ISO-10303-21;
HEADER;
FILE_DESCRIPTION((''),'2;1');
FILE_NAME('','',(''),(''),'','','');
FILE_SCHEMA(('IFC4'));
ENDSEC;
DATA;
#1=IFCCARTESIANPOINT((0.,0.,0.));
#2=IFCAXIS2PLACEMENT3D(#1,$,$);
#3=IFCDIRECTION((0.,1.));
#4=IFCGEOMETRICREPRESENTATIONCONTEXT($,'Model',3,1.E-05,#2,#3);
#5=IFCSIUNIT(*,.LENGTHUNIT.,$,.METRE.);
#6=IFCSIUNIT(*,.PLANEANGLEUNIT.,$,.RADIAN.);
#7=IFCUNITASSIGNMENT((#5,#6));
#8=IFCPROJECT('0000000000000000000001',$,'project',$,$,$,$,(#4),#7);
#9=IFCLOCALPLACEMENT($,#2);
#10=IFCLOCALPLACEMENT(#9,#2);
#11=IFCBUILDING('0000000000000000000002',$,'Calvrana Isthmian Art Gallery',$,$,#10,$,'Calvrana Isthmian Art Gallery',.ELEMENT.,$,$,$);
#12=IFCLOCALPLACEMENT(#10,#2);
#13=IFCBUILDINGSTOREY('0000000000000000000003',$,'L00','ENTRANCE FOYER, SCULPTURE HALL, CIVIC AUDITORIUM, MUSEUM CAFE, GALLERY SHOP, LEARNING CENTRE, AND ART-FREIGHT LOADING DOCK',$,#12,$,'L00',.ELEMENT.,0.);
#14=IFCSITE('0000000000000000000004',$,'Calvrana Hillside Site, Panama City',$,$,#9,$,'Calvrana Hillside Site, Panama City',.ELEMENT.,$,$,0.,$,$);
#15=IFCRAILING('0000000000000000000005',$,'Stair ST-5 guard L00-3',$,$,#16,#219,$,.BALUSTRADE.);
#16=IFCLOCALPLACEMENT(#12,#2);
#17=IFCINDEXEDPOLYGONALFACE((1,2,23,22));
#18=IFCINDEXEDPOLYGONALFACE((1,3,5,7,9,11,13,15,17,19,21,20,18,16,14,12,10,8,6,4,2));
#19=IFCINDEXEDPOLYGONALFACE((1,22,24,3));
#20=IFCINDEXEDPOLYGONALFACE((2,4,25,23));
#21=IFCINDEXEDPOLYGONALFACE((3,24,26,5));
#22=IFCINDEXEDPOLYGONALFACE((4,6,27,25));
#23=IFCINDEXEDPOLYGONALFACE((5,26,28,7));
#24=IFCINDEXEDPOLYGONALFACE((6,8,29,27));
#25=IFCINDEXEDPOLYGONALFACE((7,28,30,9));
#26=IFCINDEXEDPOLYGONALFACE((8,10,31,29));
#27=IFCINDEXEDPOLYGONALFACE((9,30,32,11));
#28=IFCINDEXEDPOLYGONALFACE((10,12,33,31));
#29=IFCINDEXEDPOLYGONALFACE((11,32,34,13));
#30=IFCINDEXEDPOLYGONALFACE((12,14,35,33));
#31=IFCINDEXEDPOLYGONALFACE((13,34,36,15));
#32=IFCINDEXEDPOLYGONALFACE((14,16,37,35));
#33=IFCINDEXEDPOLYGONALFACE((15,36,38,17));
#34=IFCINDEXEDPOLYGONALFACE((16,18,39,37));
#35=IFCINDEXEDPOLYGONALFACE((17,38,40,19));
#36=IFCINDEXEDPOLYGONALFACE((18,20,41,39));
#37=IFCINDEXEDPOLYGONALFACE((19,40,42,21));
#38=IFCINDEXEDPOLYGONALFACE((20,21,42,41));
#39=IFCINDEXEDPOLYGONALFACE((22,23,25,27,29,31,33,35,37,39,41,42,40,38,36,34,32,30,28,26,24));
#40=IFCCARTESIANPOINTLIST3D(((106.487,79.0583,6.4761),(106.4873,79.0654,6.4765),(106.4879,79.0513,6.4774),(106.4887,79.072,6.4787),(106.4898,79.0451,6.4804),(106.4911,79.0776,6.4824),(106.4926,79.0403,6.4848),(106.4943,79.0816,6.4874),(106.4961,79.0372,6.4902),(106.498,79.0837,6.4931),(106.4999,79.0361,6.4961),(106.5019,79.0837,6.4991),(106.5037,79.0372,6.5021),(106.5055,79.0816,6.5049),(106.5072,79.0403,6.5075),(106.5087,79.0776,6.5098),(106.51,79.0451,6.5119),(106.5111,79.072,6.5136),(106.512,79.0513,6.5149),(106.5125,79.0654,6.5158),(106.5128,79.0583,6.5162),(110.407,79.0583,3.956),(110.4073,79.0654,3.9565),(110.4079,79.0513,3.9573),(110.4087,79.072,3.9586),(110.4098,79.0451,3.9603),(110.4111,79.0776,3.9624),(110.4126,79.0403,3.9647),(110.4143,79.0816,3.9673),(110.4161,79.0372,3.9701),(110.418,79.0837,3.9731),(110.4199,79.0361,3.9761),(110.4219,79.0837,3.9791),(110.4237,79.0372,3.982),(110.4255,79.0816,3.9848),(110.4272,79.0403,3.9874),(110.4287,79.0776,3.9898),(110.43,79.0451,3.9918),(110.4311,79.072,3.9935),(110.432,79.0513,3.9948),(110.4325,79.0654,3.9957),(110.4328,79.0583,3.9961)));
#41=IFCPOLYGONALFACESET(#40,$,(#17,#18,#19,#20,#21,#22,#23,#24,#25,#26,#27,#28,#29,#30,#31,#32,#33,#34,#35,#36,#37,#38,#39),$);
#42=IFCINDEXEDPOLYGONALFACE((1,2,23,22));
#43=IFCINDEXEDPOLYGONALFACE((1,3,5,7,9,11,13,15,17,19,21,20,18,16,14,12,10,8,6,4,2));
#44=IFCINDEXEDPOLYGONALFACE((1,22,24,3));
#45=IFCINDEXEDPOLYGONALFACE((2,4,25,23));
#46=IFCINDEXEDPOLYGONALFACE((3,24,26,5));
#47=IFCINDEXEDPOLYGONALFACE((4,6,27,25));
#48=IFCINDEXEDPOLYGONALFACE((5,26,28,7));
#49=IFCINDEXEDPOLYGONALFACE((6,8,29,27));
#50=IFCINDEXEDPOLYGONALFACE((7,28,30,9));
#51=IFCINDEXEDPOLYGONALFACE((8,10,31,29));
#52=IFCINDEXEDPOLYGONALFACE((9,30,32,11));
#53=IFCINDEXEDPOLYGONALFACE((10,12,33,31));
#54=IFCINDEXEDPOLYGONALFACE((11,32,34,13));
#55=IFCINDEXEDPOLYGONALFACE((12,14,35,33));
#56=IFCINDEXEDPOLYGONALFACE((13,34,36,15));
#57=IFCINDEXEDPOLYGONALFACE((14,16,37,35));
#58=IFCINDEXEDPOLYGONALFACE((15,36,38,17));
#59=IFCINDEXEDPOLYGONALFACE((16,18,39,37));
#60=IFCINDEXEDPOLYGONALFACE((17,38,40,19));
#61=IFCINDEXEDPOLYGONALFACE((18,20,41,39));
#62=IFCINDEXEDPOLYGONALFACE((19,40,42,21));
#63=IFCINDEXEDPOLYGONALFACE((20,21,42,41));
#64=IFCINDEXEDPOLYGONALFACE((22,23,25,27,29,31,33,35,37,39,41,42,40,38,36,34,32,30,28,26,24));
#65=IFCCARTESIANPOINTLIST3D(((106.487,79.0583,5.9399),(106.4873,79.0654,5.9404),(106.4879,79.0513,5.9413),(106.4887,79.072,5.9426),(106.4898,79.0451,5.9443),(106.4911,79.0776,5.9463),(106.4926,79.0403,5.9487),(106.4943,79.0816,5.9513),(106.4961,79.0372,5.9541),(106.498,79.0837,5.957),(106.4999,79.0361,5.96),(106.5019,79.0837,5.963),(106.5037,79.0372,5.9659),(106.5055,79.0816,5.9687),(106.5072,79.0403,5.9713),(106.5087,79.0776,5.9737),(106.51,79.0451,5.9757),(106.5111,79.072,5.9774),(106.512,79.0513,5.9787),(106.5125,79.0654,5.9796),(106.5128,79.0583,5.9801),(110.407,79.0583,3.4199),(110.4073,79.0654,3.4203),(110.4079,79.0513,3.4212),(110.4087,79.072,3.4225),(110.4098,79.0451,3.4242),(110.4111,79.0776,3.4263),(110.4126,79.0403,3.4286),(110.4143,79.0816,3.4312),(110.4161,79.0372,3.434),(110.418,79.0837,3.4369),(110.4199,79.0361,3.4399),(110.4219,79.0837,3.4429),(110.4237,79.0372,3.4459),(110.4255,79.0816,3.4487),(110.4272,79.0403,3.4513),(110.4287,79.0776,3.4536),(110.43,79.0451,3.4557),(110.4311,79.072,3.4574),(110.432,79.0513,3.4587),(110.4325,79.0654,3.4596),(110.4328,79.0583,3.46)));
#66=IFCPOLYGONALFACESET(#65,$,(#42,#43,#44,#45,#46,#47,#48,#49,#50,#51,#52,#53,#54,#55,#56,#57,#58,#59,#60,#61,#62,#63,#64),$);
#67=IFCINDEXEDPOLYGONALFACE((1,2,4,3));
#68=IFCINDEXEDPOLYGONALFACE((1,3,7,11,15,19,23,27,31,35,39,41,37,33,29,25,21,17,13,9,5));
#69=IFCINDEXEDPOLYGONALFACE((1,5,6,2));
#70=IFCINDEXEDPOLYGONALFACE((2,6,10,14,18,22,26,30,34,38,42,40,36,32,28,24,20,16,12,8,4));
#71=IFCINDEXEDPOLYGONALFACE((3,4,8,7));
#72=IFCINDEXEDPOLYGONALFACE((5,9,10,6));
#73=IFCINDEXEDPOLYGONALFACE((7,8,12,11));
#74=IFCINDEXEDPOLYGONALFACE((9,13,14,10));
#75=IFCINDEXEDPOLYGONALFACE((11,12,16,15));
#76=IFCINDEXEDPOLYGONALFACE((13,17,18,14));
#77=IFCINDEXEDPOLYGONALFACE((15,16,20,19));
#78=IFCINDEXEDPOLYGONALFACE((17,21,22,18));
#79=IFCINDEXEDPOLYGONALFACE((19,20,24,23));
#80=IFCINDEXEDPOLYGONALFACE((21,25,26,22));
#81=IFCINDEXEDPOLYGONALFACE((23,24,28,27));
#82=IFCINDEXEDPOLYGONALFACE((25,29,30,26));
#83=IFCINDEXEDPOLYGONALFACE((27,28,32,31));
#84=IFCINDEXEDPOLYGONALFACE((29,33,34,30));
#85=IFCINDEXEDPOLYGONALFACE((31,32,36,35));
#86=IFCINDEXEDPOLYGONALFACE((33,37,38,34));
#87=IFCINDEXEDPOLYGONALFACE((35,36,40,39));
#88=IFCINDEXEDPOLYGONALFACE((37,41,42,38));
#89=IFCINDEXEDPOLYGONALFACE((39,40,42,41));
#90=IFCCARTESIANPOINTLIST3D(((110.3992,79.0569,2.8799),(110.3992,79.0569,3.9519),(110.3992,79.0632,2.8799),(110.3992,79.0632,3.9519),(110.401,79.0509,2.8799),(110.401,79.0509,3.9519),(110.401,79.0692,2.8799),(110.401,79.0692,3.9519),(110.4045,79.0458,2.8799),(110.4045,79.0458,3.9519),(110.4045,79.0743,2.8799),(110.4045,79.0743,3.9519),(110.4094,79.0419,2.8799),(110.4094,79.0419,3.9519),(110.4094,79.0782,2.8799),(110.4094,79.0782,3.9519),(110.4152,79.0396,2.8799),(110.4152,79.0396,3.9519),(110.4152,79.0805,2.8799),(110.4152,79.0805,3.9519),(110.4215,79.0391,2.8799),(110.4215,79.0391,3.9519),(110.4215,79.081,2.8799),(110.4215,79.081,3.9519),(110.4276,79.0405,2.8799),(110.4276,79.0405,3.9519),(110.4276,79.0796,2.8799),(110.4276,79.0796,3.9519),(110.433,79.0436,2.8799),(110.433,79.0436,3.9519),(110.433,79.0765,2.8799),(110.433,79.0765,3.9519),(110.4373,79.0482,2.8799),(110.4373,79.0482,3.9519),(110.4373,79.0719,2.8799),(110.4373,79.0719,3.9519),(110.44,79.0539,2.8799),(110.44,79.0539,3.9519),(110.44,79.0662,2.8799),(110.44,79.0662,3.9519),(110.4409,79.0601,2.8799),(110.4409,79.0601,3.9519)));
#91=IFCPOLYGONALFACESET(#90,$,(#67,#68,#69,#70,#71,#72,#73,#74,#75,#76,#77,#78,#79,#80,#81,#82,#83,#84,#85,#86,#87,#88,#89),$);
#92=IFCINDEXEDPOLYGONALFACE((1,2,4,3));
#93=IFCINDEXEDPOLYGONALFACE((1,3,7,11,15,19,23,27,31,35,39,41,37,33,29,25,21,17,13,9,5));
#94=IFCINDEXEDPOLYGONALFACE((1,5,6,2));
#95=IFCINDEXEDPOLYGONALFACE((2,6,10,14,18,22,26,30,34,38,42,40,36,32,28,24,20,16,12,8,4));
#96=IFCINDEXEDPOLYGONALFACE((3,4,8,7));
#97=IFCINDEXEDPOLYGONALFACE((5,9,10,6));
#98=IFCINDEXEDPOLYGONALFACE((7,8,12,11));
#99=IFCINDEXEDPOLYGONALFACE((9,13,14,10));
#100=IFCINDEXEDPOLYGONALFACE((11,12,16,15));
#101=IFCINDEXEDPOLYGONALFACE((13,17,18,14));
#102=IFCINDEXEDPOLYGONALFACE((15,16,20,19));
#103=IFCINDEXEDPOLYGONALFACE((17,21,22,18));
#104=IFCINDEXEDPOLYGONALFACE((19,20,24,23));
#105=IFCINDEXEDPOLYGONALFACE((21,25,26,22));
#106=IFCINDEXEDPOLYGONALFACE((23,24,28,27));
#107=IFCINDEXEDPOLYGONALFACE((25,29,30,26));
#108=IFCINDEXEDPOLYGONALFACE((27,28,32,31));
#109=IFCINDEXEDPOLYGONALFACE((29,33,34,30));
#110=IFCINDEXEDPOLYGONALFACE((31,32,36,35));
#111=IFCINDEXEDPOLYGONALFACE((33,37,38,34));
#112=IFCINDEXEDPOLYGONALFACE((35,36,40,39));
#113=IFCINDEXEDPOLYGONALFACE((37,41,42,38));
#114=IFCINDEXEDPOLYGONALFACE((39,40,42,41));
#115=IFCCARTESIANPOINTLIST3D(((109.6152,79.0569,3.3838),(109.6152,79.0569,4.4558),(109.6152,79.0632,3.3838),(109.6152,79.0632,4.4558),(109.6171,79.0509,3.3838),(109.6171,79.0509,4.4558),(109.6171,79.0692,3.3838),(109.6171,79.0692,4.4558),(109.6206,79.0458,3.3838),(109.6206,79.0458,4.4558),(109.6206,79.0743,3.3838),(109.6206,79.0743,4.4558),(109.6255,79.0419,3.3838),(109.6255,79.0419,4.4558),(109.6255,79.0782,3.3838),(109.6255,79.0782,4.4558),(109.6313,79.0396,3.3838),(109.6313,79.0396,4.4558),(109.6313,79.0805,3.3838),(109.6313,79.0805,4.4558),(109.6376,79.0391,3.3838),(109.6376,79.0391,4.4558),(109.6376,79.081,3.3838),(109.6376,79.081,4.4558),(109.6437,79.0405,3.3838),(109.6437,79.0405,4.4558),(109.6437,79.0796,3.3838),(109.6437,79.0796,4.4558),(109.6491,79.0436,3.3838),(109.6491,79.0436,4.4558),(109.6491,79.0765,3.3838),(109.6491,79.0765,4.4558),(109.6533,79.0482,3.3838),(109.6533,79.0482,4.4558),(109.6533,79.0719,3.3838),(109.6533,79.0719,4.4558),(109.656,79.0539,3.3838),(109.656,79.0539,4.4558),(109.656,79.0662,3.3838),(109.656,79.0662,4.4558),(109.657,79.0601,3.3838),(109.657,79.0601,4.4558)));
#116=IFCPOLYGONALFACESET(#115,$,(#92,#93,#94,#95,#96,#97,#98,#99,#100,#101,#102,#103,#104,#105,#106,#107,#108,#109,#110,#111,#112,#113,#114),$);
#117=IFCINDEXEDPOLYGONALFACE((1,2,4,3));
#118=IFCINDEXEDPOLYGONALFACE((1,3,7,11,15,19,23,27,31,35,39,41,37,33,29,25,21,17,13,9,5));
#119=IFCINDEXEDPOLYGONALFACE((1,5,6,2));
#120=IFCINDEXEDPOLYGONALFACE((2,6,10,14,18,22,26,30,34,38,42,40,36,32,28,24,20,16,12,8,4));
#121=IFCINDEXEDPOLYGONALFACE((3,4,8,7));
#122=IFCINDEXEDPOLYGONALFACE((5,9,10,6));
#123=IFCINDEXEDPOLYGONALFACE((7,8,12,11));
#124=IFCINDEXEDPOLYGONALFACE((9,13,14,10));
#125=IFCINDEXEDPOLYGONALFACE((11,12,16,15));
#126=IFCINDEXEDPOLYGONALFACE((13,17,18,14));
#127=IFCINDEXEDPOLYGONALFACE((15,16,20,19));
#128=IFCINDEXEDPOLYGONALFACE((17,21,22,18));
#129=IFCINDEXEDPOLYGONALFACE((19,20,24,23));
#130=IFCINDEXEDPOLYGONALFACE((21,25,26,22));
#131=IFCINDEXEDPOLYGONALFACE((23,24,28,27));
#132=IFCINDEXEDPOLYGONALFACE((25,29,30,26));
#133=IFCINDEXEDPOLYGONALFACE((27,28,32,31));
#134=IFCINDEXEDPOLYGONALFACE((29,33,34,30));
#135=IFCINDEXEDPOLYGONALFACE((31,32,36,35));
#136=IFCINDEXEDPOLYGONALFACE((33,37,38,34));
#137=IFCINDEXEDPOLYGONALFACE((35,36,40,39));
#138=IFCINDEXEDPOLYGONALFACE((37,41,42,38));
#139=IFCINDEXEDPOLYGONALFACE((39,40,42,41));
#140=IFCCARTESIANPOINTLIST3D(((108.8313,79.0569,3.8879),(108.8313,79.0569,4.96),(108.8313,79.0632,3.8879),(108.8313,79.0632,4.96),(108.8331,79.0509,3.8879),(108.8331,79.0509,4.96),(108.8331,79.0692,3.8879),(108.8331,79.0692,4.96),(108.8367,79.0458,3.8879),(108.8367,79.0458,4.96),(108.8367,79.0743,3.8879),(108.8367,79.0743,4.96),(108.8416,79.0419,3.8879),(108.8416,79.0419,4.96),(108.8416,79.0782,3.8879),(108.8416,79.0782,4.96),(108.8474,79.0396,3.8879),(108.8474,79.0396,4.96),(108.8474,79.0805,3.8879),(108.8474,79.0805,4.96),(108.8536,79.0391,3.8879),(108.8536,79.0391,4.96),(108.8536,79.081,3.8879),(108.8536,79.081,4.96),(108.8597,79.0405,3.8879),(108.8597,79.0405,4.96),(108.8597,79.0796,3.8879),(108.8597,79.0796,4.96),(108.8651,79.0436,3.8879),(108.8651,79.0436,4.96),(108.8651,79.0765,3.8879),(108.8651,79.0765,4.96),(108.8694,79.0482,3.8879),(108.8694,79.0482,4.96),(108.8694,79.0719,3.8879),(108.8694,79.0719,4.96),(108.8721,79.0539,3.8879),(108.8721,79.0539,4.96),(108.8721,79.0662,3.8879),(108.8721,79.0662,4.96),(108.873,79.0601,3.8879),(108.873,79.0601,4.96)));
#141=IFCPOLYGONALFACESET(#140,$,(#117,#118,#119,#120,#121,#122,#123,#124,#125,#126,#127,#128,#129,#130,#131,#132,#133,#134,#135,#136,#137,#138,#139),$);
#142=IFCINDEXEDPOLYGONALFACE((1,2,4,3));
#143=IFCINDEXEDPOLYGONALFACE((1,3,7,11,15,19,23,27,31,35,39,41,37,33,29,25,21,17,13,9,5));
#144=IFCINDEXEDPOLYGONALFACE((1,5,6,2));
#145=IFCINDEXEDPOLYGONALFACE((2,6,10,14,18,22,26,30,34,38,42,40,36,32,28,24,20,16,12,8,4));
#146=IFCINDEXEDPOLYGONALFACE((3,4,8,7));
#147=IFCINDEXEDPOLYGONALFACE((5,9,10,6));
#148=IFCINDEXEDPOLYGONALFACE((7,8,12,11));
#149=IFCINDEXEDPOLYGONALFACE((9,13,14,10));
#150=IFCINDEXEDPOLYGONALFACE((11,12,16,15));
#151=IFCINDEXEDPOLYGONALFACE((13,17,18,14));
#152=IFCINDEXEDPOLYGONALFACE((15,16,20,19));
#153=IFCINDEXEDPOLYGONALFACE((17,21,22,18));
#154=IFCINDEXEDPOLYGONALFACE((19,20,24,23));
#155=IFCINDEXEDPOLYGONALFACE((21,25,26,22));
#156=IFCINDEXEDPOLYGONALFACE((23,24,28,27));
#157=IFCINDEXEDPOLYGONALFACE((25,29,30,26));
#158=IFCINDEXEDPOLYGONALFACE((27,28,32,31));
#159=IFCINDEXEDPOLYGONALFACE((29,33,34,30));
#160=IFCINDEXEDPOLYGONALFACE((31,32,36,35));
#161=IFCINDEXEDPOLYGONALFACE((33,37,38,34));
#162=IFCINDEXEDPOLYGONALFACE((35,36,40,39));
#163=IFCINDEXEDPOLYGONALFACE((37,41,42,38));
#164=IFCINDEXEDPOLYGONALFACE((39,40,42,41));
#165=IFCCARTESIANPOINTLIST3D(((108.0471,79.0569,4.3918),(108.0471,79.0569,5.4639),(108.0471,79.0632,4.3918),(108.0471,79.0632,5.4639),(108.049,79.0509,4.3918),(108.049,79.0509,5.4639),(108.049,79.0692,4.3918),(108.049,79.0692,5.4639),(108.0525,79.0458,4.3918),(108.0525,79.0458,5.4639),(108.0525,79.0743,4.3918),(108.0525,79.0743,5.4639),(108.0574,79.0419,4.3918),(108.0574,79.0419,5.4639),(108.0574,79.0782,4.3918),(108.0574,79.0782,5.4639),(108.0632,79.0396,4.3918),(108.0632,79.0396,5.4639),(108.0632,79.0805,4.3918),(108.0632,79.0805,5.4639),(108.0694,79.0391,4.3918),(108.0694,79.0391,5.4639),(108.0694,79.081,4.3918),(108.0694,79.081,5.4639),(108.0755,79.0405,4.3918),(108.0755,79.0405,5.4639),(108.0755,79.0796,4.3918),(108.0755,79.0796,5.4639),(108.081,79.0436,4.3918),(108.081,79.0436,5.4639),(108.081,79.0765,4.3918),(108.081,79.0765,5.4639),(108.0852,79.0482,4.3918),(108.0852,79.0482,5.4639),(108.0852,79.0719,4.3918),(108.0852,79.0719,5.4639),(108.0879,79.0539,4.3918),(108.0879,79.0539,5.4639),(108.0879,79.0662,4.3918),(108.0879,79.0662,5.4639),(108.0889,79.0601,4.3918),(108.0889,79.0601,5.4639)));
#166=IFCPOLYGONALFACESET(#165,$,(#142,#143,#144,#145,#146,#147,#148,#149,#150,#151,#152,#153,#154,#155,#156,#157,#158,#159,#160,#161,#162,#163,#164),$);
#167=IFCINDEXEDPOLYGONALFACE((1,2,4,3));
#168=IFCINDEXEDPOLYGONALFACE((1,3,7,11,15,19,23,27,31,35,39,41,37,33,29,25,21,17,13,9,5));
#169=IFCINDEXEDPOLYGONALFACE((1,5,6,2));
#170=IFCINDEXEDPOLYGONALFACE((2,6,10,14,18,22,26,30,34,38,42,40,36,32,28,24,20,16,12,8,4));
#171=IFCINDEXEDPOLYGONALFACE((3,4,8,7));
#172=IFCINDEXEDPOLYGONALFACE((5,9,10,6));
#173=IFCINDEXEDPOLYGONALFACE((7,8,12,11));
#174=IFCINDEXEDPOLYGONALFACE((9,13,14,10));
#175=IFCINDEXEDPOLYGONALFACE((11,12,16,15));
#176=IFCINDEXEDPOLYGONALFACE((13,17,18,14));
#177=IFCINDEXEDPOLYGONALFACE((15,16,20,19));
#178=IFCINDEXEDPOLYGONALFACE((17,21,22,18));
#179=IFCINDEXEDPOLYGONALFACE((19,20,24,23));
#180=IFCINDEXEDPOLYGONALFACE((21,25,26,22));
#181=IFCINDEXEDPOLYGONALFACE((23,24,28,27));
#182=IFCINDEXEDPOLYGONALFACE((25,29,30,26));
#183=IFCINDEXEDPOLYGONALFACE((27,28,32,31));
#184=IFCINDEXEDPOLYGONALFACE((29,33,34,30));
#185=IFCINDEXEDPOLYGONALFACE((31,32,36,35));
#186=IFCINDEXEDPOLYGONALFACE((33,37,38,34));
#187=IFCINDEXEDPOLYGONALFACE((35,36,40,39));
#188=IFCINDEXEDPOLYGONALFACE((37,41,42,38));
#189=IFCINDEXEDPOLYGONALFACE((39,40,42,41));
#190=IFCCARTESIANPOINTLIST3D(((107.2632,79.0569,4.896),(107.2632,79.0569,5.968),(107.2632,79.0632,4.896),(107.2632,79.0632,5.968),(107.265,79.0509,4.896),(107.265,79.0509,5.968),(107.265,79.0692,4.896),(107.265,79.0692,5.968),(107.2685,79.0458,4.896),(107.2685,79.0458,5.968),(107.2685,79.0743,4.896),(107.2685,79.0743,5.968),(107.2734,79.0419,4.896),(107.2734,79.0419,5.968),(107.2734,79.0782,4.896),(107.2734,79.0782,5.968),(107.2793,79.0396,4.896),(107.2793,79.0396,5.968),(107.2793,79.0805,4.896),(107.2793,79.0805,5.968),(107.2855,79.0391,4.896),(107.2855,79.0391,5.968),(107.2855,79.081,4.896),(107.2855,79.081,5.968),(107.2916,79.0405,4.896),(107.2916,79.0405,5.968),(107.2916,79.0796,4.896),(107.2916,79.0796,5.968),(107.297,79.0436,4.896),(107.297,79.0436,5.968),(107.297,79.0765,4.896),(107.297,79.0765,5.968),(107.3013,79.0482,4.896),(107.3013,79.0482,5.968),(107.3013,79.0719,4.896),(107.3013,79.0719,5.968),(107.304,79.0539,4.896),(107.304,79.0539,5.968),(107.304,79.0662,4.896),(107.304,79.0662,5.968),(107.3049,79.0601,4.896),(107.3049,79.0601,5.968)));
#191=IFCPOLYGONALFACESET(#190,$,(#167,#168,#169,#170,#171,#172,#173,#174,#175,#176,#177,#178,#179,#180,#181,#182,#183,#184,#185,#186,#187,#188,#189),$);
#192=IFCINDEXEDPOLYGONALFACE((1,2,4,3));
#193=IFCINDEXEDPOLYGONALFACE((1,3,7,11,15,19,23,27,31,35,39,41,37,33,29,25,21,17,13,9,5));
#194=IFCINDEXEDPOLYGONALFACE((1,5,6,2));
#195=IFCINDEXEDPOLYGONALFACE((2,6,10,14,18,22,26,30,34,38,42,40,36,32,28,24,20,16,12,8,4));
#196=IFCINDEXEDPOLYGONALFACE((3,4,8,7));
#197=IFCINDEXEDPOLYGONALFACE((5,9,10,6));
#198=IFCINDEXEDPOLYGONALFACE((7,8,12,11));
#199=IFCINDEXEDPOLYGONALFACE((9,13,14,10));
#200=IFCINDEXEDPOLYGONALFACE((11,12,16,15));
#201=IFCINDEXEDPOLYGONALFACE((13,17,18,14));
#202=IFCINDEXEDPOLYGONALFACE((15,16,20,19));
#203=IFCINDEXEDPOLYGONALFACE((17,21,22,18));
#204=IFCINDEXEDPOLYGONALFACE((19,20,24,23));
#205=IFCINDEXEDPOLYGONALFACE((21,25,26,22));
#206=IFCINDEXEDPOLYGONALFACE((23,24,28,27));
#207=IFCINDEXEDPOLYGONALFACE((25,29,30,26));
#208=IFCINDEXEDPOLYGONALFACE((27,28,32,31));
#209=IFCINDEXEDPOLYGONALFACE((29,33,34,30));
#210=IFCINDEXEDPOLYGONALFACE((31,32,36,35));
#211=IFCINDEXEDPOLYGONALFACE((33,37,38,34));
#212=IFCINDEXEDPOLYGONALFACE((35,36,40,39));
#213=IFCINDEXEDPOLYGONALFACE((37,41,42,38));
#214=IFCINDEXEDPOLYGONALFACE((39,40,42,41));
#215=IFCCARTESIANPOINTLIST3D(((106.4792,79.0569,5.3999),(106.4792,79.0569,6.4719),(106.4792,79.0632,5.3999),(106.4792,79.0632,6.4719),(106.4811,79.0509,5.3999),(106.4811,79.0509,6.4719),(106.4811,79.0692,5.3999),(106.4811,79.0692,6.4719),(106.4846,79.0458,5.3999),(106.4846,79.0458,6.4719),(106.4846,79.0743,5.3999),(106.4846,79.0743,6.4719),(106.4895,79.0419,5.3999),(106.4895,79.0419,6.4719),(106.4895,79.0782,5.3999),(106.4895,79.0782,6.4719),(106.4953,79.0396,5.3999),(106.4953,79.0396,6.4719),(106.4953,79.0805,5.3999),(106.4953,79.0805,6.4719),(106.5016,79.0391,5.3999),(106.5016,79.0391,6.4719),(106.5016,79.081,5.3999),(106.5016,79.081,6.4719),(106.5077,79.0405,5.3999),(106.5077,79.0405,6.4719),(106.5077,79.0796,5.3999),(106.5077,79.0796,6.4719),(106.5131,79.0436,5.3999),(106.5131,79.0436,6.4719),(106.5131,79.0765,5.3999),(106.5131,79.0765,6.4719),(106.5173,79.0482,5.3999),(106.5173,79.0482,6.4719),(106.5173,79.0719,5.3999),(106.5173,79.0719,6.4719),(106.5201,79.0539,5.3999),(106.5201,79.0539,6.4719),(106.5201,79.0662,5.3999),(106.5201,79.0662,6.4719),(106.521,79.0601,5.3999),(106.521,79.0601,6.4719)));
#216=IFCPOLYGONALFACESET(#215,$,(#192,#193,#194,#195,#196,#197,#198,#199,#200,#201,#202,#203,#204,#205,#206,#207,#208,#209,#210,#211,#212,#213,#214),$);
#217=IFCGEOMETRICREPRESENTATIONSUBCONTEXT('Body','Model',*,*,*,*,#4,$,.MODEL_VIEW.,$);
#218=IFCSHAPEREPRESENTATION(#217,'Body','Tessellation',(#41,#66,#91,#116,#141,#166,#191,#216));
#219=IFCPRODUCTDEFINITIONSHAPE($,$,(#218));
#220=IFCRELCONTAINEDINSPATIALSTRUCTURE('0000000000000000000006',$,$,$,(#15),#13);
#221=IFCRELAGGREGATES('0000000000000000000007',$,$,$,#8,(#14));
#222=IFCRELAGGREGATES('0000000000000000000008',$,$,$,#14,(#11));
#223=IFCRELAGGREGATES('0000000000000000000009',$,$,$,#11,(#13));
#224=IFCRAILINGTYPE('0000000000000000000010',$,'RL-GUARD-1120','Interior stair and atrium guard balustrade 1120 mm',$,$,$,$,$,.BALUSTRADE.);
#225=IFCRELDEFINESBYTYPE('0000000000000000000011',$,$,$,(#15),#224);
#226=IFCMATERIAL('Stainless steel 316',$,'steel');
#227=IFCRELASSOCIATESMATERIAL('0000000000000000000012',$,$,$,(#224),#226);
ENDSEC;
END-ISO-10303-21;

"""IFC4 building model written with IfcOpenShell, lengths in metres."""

from ifc_helpers import new_model, si_unit, direction, frame, origin, origin_2d, place, context, subcontext, project, spatial, circle, extrude, material, type_object, element, save


model = new_model("IFC4")

# Units and contexts
model_context = context("Model", 3, precision=1e-05, world=origin(), true_north=direction((0.0, 1.0)))
body_context = subcontext(model_context, "Body", "Model", "MODEL_VIEW")
ifc_project = project(units=[si_unit("LENGTHUNIT", "METRE"), si_unit("PLANEANGLEUNIT", "RADIAN")], contexts=[model_context])

# Site, building, storey
site_placement = place(None, origin())
site = spatial("IfcSite", under=ifc_project, at=site_placement, Name="Calvrana Hillside Site, Panama City", LongName="Calvrana Hillside Site, Panama City", CompositionType="ELEMENT", RefElevation=0.0)
building_placement = place(site_placement, origin())
building = spatial("IfcBuilding", under=site, at=building_placement, Name="Calvrana Isthmian Art Gallery", LongName="Calvrana Isthmian Art Gallery", CompositionType="ELEMENT")
storey_placement = place(building_placement, origin())
storey = spatial("IfcBuildingStorey", under=building, at=storey_placement, Name="L00", Description="ENTRANCE FOYER, SCULPTURE HALL, CIVIC AUDITORIUM, MUSEUM CAFE, GALLERY SHOP, LEARNING CENTRE, AND ART-FREIGHT LOADING DOCK", LongName="L00", CompositionType="ELEMENT", Elevation=0.0)

# Railing
ifc_material_1 = material(Name="Stainless steel 316", Category="steel")
railing_type_1 = type_object("IfcRailingType", Name="RL-GUARD-1120", Description="Interior stair and atrium guard balustrade 1120 mm", PredefinedType="BALUSTRADE", material=ifc_material_1)
railing_1_placement = place(storey_placement, frame((110.4199, 79.0601, 2.8799)))
element("IfcRailing", 1, at=railing_1_placement, inside=storey, type_object=railing_type_1, Name="Stair ST-5 guard L00-3", PredefinedType="BALUSTRADE", context=body_context, shape_type="SweptSolid", body=[
    extrude(circle(Radius=0.0239, at=origin_2d()), frame((0.0, 0.0, 1.0962), z_axis=(-0.841172, 0.0, 0.540768), x_axis=(0.0, -1.0, 0.0)), (0.0, 0.0, 1.0), 4.6602),
    extrude(circle(Radius=0.0239, at=origin_2d()), frame((0.0, 0.0, 0.5601), z_axis=(-0.841172, 0.0, 0.540768), x_axis=(0.0, -1.0, 0.0)), (0.0, 0.0, 1.0), 4.6602),
    extrude(circle(Radius=0.021, at=origin_2d()), origin(), (0.0, 0.0, 1.0), 1.072),
    extrude(circle(Radius=0.021, at=origin_2d()), frame((-0.7839, 0.0, 0.5039)), (0.0, 0.0, 1.0), 1.072),
    extrude(circle(Radius=0.021, at=origin_2d()), frame((-1.5679, 0.0, 1.0081)), (0.0, 0.0, 1.0), 1.072),
    extrude(circle(Radius=0.021, at=origin_2d()), frame((-2.3521, 0.0, 1.512)), (0.0, 0.0, 1.0), 1.072),
    extrude(circle(Radius=0.021, at=origin_2d()), frame((-3.136, 0.0, 2.0161)), (0.0, 0.0, 1.0), 1.072),
    extrude(circle(Radius=0.021, at=origin_2d()), frame((-3.9199, 0.0, 2.52)), (0.0, 0.0, 1.0), 1.072),
])

save(model, "model.ifc")
